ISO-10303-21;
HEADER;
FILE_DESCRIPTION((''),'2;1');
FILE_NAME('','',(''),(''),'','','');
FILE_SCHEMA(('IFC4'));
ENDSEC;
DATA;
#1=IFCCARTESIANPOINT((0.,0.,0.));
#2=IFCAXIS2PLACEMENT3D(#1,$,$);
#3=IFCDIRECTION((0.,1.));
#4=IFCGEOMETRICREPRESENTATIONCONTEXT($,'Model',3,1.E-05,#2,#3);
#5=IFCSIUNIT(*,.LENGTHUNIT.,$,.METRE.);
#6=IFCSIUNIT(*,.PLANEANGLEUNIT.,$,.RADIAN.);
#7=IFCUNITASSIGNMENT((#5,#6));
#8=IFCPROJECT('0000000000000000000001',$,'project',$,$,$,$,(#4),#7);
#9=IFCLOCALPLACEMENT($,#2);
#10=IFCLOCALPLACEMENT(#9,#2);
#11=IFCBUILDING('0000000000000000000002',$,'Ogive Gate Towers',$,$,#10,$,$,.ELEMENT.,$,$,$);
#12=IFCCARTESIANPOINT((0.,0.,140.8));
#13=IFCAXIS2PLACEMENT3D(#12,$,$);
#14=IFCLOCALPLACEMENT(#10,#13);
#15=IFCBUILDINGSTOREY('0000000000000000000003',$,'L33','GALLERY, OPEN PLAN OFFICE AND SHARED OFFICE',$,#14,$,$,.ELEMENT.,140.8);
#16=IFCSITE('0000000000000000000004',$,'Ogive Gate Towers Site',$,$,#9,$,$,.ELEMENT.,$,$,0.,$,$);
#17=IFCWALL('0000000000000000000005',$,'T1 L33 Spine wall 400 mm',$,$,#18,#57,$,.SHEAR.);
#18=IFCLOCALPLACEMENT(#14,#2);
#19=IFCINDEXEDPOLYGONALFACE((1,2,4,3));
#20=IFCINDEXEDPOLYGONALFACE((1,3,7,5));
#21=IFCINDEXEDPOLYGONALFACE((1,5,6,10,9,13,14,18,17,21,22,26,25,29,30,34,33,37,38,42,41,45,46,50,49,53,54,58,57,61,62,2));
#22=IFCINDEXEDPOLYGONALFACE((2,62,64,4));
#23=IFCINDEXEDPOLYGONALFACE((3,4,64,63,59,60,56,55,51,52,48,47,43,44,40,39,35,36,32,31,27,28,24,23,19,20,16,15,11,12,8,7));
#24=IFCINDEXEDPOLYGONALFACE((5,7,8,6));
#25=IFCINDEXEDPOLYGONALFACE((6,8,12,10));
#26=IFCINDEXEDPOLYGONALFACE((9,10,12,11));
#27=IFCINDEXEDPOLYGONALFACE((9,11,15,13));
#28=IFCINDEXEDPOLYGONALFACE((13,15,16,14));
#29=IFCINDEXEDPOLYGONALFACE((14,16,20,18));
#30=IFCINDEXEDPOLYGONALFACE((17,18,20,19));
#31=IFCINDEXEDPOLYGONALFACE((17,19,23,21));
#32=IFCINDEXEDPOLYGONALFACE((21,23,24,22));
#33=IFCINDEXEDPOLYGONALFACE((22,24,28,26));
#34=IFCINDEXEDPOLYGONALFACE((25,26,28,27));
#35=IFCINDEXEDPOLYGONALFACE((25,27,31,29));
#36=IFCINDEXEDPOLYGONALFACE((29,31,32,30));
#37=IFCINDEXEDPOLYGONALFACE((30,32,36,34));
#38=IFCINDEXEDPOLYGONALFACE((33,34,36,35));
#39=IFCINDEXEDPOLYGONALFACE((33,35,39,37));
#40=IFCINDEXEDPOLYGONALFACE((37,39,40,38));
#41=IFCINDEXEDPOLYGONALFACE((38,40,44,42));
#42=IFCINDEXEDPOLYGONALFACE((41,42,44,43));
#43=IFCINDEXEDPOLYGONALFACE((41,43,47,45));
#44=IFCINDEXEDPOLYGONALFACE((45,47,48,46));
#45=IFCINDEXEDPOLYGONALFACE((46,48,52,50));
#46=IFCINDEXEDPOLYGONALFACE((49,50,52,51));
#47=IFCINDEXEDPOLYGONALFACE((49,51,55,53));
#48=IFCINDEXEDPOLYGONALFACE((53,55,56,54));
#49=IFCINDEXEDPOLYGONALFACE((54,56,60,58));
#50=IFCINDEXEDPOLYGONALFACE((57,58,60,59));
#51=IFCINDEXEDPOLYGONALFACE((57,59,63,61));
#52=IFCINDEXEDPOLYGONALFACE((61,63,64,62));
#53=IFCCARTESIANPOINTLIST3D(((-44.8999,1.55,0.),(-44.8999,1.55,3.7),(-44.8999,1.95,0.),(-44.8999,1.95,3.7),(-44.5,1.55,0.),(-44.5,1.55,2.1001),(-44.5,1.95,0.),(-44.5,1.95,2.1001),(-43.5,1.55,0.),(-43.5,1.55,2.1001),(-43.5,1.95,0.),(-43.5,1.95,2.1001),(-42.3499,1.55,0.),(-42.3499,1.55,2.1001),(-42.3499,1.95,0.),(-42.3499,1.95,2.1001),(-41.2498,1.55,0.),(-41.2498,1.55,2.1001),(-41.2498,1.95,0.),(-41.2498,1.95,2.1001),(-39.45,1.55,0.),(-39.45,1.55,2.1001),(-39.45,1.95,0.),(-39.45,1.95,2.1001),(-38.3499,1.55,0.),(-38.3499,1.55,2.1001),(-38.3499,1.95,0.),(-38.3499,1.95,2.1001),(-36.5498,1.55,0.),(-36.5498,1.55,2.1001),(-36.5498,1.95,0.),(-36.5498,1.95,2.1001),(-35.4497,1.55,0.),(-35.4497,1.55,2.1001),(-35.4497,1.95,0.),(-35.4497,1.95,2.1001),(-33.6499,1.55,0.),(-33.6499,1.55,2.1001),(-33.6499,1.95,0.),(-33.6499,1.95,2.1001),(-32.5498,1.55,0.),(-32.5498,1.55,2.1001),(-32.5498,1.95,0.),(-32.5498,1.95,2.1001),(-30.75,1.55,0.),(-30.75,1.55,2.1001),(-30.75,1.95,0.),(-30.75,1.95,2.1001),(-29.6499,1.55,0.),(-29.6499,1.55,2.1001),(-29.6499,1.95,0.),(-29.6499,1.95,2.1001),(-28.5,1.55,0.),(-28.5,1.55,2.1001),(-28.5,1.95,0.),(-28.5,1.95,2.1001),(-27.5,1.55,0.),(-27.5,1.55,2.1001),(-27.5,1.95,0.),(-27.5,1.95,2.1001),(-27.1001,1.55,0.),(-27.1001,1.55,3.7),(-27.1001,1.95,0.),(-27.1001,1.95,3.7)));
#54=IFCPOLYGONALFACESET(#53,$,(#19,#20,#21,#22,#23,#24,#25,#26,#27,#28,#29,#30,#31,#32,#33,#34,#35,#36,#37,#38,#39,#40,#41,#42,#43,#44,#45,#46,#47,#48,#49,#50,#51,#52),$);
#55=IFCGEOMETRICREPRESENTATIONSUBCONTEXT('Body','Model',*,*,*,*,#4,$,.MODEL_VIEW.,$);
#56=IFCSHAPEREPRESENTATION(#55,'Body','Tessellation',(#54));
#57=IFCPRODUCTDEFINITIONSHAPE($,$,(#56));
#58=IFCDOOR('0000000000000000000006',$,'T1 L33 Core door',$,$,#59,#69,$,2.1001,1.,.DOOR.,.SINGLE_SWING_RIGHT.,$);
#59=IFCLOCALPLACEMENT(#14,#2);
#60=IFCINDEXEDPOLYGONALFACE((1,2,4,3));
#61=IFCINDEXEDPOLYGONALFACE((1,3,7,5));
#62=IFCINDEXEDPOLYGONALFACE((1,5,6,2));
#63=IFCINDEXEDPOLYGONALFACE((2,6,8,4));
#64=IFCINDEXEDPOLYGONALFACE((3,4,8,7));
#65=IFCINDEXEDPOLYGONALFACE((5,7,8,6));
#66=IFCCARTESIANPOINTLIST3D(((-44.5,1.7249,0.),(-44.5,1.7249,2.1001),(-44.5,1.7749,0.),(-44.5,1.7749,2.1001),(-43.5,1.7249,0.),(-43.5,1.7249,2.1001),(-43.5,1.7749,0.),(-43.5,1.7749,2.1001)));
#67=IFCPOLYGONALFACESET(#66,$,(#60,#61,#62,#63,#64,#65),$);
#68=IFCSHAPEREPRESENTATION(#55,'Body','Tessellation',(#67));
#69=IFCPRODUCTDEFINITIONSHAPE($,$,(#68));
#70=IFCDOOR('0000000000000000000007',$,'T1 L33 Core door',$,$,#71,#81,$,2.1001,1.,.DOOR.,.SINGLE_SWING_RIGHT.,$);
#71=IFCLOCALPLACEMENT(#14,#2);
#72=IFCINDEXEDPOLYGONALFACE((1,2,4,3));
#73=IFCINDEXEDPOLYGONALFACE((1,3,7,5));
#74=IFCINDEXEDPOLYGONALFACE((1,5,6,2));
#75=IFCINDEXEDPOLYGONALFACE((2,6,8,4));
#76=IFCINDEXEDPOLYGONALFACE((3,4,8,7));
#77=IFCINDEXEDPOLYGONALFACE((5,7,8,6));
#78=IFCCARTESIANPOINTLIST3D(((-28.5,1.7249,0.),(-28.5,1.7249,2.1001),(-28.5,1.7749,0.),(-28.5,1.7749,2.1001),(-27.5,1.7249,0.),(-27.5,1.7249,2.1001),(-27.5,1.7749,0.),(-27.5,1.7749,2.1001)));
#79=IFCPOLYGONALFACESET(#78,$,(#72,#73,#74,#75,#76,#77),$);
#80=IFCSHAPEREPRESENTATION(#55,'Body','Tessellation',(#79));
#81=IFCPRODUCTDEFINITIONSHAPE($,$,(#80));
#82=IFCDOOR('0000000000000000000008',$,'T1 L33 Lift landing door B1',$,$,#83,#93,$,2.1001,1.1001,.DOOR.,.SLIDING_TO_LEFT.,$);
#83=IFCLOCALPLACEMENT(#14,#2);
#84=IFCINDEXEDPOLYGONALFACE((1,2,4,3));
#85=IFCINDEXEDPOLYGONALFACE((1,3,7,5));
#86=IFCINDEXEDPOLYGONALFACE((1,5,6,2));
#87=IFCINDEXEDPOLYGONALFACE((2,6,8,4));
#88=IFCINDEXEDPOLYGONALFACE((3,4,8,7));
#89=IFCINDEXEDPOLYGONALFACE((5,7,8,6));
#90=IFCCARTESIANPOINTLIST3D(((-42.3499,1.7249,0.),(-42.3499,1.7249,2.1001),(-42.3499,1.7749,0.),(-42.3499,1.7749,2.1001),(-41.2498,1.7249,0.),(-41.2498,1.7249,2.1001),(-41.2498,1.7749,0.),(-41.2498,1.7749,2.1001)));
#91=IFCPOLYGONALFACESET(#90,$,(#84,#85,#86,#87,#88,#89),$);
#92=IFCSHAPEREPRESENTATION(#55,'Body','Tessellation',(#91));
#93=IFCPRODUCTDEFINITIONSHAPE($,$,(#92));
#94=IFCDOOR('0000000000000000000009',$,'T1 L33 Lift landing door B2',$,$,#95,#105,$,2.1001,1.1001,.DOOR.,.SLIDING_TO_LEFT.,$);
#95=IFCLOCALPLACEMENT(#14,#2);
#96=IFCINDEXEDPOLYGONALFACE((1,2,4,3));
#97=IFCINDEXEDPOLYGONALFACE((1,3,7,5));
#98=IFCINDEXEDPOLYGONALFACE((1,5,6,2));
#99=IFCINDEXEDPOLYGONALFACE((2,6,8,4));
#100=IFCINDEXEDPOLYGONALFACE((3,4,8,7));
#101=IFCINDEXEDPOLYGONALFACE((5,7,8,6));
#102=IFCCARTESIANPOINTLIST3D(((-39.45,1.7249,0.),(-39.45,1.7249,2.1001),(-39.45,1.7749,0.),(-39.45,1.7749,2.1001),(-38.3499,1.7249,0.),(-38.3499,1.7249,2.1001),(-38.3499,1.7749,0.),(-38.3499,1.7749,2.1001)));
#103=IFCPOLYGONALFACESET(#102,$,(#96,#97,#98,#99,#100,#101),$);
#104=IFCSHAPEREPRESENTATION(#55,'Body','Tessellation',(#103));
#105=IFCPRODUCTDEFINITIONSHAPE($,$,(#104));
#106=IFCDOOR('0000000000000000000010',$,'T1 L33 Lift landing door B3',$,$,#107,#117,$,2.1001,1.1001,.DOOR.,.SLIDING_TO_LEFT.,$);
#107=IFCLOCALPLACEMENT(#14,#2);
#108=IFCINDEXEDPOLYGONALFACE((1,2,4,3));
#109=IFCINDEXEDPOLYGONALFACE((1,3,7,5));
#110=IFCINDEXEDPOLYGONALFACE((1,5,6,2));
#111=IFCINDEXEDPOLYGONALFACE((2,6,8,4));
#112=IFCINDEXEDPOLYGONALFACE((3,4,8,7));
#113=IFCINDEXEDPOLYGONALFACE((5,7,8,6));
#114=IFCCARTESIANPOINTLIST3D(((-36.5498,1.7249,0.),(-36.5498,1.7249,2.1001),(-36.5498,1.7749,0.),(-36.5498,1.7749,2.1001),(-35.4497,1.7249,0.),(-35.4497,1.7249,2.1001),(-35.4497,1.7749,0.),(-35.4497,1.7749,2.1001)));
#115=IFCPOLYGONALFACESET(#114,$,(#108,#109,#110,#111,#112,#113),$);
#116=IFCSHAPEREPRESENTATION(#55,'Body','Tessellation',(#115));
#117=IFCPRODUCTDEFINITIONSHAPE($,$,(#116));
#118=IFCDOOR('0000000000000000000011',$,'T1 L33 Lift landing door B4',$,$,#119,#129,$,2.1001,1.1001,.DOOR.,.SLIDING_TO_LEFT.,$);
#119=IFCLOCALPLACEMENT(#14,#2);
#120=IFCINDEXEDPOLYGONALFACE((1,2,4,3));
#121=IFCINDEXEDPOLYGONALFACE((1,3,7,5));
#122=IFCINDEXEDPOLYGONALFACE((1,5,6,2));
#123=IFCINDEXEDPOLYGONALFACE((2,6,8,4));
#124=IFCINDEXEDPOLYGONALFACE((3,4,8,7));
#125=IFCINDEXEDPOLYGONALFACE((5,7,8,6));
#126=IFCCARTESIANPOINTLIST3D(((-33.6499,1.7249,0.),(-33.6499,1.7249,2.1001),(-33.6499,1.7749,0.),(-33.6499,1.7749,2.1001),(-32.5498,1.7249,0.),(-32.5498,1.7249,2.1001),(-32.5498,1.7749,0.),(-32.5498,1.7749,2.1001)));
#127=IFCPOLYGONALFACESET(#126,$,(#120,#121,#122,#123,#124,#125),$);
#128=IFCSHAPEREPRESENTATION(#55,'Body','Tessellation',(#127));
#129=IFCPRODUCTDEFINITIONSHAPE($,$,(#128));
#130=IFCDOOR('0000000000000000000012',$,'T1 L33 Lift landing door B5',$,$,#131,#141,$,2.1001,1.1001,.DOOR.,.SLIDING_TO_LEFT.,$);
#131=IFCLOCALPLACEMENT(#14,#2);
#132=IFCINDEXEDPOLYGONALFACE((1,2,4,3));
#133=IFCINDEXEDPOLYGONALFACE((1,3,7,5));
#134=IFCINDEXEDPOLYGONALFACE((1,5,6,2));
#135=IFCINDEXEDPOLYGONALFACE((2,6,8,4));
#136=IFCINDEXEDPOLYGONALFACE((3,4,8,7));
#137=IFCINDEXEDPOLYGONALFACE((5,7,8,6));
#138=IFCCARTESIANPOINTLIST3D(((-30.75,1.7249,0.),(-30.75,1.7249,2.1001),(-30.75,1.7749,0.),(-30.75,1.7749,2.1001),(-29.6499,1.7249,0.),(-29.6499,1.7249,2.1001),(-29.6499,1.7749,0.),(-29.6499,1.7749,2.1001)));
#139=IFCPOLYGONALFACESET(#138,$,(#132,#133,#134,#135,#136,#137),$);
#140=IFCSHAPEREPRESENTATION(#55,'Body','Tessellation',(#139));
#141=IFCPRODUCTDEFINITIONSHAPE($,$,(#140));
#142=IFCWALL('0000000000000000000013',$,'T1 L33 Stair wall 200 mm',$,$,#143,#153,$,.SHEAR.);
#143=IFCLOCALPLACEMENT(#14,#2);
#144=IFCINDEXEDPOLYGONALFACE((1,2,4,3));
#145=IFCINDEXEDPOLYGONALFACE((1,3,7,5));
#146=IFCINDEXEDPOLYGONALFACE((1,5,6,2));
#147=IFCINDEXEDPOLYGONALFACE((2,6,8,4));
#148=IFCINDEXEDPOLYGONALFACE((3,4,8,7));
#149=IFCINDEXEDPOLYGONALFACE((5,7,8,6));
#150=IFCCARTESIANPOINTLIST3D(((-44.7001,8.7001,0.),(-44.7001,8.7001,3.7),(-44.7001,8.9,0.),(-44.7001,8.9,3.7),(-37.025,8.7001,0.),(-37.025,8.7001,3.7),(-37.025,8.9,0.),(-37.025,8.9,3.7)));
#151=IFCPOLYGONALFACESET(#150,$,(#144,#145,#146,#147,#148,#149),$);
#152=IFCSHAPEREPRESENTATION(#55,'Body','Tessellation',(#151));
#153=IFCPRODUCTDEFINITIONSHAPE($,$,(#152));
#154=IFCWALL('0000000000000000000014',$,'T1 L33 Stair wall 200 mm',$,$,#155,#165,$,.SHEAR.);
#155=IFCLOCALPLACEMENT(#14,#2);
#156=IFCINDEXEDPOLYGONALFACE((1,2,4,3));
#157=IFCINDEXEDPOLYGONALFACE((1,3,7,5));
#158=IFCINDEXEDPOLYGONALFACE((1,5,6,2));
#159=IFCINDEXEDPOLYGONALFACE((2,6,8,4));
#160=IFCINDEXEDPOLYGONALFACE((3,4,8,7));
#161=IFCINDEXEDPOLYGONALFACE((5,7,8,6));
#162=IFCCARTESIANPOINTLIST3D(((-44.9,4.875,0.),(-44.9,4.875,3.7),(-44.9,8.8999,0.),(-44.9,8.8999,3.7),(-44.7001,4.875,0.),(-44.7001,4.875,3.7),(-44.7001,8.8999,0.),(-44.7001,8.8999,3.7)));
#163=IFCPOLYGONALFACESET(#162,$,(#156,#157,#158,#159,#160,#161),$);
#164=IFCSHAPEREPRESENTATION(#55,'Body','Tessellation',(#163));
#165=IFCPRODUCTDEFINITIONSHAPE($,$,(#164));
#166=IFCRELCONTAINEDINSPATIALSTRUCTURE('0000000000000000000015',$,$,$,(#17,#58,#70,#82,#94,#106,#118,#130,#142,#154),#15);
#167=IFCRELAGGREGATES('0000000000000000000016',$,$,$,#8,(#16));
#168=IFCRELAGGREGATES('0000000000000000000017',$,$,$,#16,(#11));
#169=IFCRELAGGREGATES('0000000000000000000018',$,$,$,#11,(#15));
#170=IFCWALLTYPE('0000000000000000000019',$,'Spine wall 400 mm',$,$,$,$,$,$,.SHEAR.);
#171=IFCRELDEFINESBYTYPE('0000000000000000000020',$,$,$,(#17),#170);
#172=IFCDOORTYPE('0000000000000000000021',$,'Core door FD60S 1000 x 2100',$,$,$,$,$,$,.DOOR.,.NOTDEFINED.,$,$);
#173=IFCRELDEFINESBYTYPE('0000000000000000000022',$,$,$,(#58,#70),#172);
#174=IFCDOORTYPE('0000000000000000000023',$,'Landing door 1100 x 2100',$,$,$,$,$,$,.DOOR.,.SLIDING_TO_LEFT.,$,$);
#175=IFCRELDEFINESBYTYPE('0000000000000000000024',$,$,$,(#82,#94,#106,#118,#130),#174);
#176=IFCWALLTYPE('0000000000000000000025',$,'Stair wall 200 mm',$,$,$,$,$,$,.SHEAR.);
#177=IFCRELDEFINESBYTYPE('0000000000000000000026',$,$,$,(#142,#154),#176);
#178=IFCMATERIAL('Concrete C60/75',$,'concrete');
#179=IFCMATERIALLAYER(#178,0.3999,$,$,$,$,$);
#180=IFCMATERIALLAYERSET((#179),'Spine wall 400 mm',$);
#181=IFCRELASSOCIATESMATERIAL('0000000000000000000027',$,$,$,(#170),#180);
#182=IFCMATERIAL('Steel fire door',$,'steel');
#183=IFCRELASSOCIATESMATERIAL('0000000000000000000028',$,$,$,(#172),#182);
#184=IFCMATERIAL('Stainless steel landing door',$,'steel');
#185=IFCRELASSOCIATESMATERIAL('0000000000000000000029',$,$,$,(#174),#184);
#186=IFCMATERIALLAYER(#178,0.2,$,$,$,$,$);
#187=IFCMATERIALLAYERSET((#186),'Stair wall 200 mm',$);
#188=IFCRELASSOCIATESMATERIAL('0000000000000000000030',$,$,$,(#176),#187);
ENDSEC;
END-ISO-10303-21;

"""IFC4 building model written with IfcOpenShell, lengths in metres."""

from ifc_helpers import new_model, si_unit, direction, frame, frame_2d, origin, place, context, subcontext, project, spatial, rectangle, extrude, material, layer, layer_set, type_object, element, fill, save


model = new_model("IFC4")

# Units and contexts
model_context = context("Model", 3, precision=1e-05, world=origin(), true_north=direction((0.0, 1.0)))
body_context = subcontext(model_context, "Body", "Model", "MODEL_VIEW")
ifc_project = project(units=[si_unit("LENGTHUNIT", "METRE"), si_unit("PLANEANGLEUNIT", "RADIAN")], contexts=[model_context])

# Site, building, storey
site_placement = place(None, origin())
site = spatial("IfcSite", under=ifc_project, at=site_placement, Name="Ogive Gate Towers Site", CompositionType="ELEMENT", RefElevation=0.0)
building_placement = place(site_placement, origin())
building = spatial("IfcBuilding", under=site, at=building_placement, Name="Ogive Gate Towers", CompositionType="ELEMENT")
storey_placement = place(building_placement, frame((0.0, 0.0, 140.8)))
storey = spatial("IfcBuildingStorey", under=building, at=storey_placement, Name="L33", Description="GALLERY, OPEN PLAN OFFICE AND SHARED OFFICE", CompositionType="ELEMENT", Elevation=140.8)

# Shared definitions
ifc_material_1 = material(Name="Concrete C60/75", Category="concrete")
ifc_material_2 = material(Name="Steel fire door", Category="steel")

# Shared definitions
ifc_material_3 = material(Name="Stainless steel landing door", Category="steel")

# Wall, openings, doors
ifc_layer_1 = layer(ifc_material_1, 0.3999)
ifc_layer_set_1 = layer_set([ifc_layer_1], Name="Spine wall 400 mm")
wall_type_1 = type_object("IfcWallType", Name="Spine wall 400 mm", PredefinedType="SHEAR", material=ifc_layer_set_1)
wall_1_placement = place(storey_placement, frame((-44.8999, 1.75, 0.0), z_axis=(0.0, 0.0, 1.0), x_axis=(1.0, 0.0, 0.0)))
wall_1 = element("IfcWall", 1, at=wall_1_placement, inside=storey, type_object=wall_type_1, Name="T1 L33 Spine wall 400 mm", PredefinedType="SHEAR", context=body_context, shape_type="SweptSolid", body=[
    extrude(rectangle(XDim=17.7998, YDim=0.3999, at=frame_2d((8.8999, 0.0))), origin(), (0.0, 0.0, 1.0), 3.7),
])
opening_1_placement = place(wall_1_placement, frame((0.3999, 0.0, 0.0)))
opening_1 = element("IfcOpeningElement", 2, at=opening_1_placement, cuts=wall_1, PredefinedType="OPENING", context=body_context, shape_type="SweptSolid", body=[
    extrude(rectangle(XDim=1.0, YDim=2.1001, at=frame_2d((0.5, 1.05))), frame((0.0, 0.21, 0.0), z_axis=(0.0, -1.0, 0.0), x_axis=(1.0, 0.0, 0.0)), (0.0, 0.0, 1.0), 0.4199),
])
opening_2_placement = place(wall_1_placement, frame((2.55, 0.0, 0.0)))
opening_2 = element("IfcOpeningElement", 3, at=opening_2_placement, cuts=wall_1, PredefinedType="OPENING", context=body_context, shape_type="SweptSolid", body=[
    extrude(rectangle(XDim=1.1001, YDim=2.1001, at=frame_2d((0.55, 1.05))), frame((0.0, 0.21, 0.0), z_axis=(0.0, -1.0, 0.0), x_axis=(1.0, 0.0, 0.0)), (0.0, 0.0, 1.0), 0.4199),
])
opening_3_placement = place(wall_1_placement, frame((5.45, 0.0, 0.0)))
opening_3 = element("IfcOpeningElement", 4, at=opening_3_placement, cuts=wall_1, PredefinedType="OPENING", context=body_context, shape_type="SweptSolid", body=[
    extrude(rectangle(XDim=1.1001, YDim=2.1001, at=frame_2d((0.55, 1.05))), frame((0.0, 0.21, 0.0), z_axis=(0.0, -1.0, 0.0), x_axis=(1.0, 0.0, 0.0)), (0.0, 0.0, 1.0), 0.4199),
])
opening_4_placement = place(wall_1_placement, frame((8.3501, 0.0, 0.0)))
opening_4 = element("IfcOpeningElement", 5, at=opening_4_placement, cuts=wall_1, PredefinedType="OPENING", context=body_context, shape_type="SweptSolid", body=[
    extrude(rectangle(XDim=1.1001, YDim=2.1001, at=frame_2d((0.55, 1.05))), frame((0.0, 0.21, 0.0), z_axis=(0.0, -1.0, 0.0), x_axis=(1.0, 0.0, 0.0)), (0.0, 0.0, 1.0), 0.4199),
])
opening_5_placement = place(wall_1_placement, frame((11.25, 0.0, 0.0)))
opening_5 = element("IfcOpeningElement", 6, at=opening_5_placement, cuts=wall_1, PredefinedType="OPENING", context=body_context, shape_type="SweptSolid", body=[
    extrude(rectangle(XDim=1.1001, YDim=2.1001, at=frame_2d((0.55, 1.05))), frame((0.0, 0.21, 0.0), z_axis=(0.0, -1.0, 0.0), x_axis=(1.0, 0.0, 0.0)), (0.0, 0.0, 1.0), 0.4199),
])
opening_6_placement = place(wall_1_placement, frame((14.1499, 0.0, 0.0)))
opening_6 = element("IfcOpeningElement", 7, at=opening_6_placement, cuts=wall_1, PredefinedType="OPENING", context=body_context, shape_type="SweptSolid", body=[
    extrude(rectangle(XDim=1.1001, YDim=2.1001, at=frame_2d((0.55, 1.05))), frame((0.0, 0.21, 0.0), z_axis=(0.0, -1.0, 0.0), x_axis=(1.0, 0.0, 0.0)), (0.0, 0.0, 1.0), 0.4199),
])
opening_7_placement = place(wall_1_placement, frame((16.3999, 0.0, 0.0)))
opening_7 = element("IfcOpeningElement", 8, at=opening_7_placement, cuts=wall_1, PredefinedType="OPENING", context=body_context, shape_type="SweptSolid", body=[
    extrude(rectangle(XDim=1.0, YDim=2.1001, at=frame_2d((0.5, 1.05))), frame((0.0, 0.21, 0.0), z_axis=(0.0, -1.0, 0.0), x_axis=(1.0, 0.0, 0.0)), (0.0, 0.0, 1.0), 0.4199),
])
door_type_1 = type_object("IfcDoorType", Name="Core door FD60S 1000 x 2100", OperationType="NOTDEFINED", PredefinedType="DOOR", material=ifc_material_2)
door_1_placement = place(opening_1_placement, origin())
door_1 = element("IfcDoor", 9, at=door_1_placement, inside=storey, type_object=door_type_1, Name="T1 L33 Core door", OperationType="SINGLE_SWING_RIGHT", OverallHeight=2.1001, OverallWidth=1.0, PredefinedType="DOOR", context=body_context, shape_type="SweptSolid", body=[
    extrude(rectangle(XDim=1.0, YDim=2.1001, at=frame_2d((0.5, 1.05))), frame((0.0, 0.0249, 0.0), z_axis=(0.0, -1.0, 0.0), x_axis=(1.0, 0.0, 0.0)), (0.0, 0.0, 1.0), 0.05),
])
fill(opening_1, door_1)
door_2_placement = place(opening_7_placement, origin())
door_2 = element("IfcDoor", 10, at=door_2_placement, inside=storey, type_object=door_type_1, Name="T1 L33 Core door", OperationType="SINGLE_SWING_RIGHT", OverallHeight=2.1001, OverallWidth=1.0, PredefinedType="DOOR", context=body_context, shape_type="SweptSolid", body=[
    extrude(rectangle(XDim=1.0, YDim=2.1001, at=frame_2d((0.5, 1.05))), frame((0.0, 0.0249, 0.0), z_axis=(0.0, -1.0, 0.0), x_axis=(1.0, 0.0, 0.0)), (0.0, 0.0, 1.0), 0.05),
])
fill(opening_7, door_2)
door_type_2 = type_object("IfcDoorType", Name="Landing door 1100 x 2100", OperationType="SLIDING_TO_LEFT", PredefinedType="DOOR", material=ifc_material_3)
door_3_placement = place(opening_2_placement, origin())
door_3 = element("IfcDoor", 11, at=door_3_placement, inside=storey, type_object=door_type_2, Name="T1 L33 Lift landing door B1", OperationType="SLIDING_TO_LEFT", OverallHeight=2.1001, OverallWidth=1.1001, PredefinedType="DOOR", context=body_context, shape_type="SweptSolid", body=[
    extrude(rectangle(XDim=1.1001, YDim=2.1001, at=frame_2d((0.55, 1.05))), frame((0.0, 0.0249, 0.0), z_axis=(0.0, -1.0, 0.0), x_axis=(1.0, 0.0, 0.0)), (0.0, 0.0, 1.0), 0.05),
])
fill(opening_2, door_3)
door_4_placement = place(opening_3_placement, origin())
door_4 = element("IfcDoor", 12, at=door_4_placement, inside=storey, type_object=door_type_2, Name="T1 L33 Lift landing door B2", OperationType="SLIDING_TO_LEFT", OverallHeight=2.1001, OverallWidth=1.1001, PredefinedType="DOOR", context=body_context, shape_type="SweptSolid", body=[
    extrude(rectangle(XDim=1.1001, YDim=2.1001, at=frame_2d((0.55, 1.05))), frame((0.0, 0.0249, 0.0), z_axis=(0.0, -1.0, 0.0), x_axis=(1.0, 0.0, 0.0)), (0.0, 0.0, 1.0), 0.05),
])
fill(opening_3, door_4)
door_5_placement = place(opening_4_placement, origin())
door_5 = element("IfcDoor", 13, at=door_5_placement, inside=storey, type_object=door_type_2, Name="T1 L33 Lift landing door B3", OperationType="SLIDING_TO_LEFT", OverallHeight=2.1001, OverallWidth=1.1001, PredefinedType="DOOR", context=body_context, shape_type="SweptSolid", body=[
    extrude(rectangle(XDim=1.1001, YDim=2.1001, at=frame_2d((0.55, 1.05))), frame((0.0, 0.0249, 0.0), z_axis=(0.0, -1.0, 0.0), x_axis=(1.0, 0.0, 0.0)), (0.0, 0.0, 1.0), 0.05),
])
fill(opening_4, door_5)
door_6_placement = place(opening_5_placement, origin())
door_6 = element("IfcDoor", 14, at=door_6_placement, inside=storey, type_object=door_type_2, Name="T1 L33 Lift landing door B4", OperationType="SLIDING_TO_LEFT", OverallHeight=2.1001, OverallWidth=1.1001, PredefinedType="DOOR", context=body_context, shape_type="SweptSolid", body=[
    extrude(rectangle(XDim=1.1001, YDim=2.1001, at=frame_2d((0.55, 1.05))), frame((0.0, 0.0249, 0.0), z_axis=(0.0, -1.0, 0.0), x_axis=(1.0, 0.0, 0.0)), (0.0, 0.0, 1.0), 0.05),
])
fill(opening_5, door_6)
door_7_placement = place(opening_6_placement, origin())
door_7 = element("IfcDoor", 15, at=door_7_placement, inside=storey, type_object=door_type_2, Name="T1 L33 Lift landing door B5", OperationType="SLIDING_TO_LEFT", OverallHeight=2.1001, OverallWidth=1.1001, PredefinedType="DOOR", context=body_context, shape_type="SweptSolid", body=[
    extrude(rectangle(XDim=1.1001, YDim=2.1001, at=frame_2d((0.55, 1.05))), frame((0.0, 0.0249, 0.0), z_axis=(0.0, -1.0, 0.0), x_axis=(1.0, 0.0, 0.0)), (0.0, 0.0, 1.0), 0.05),
])
fill(opening_6, door_7)

# Walls
ifc_layer_2 = layer(ifc_material_1, 0.2)
ifc_layer_set_2 = layer_set([ifc_layer_2], Name="Stair wall 200 mm")
wall_type_2 = type_object("IfcWallType", Name="Stair wall 200 mm", PredefinedType="SHEAR", material=ifc_layer_set_2)
wall_2_placement = place(storey_placement, frame((-44.7, 8.8, 0.0), z_axis=(0.0, 0.0, 1.0), x_axis=(1.0, 0.0, 0.0)))
element("IfcWall", 16, at=wall_2_placement, inside=storey, type_object=wall_type_2, Name="T1 L33 Stair wall 200 mm", PredefinedType="SHEAR", context=body_context, shape_type="SweptSolid", body=[
    extrude(rectangle(XDim=7.675, YDim=0.2, at=frame_2d((3.8374, 0.0))), origin(), (0.0, 0.0, 1.0), 3.7),
])
wall_3_placement = place(storey_placement, frame((-44.8, 4.875, 0.0), z_axis=(0.0, 0.0, 1.0), x_axis=(0.0, 1.0, 0.0)))
element("IfcWall", 17, at=wall_3_placement, inside=storey, type_object=wall_type_2, Name="T1 L33 Stair wall 200 mm", PredefinedType="SHEAR", context=body_context, shape_type="SweptSolid", body=[
    extrude(rectangle(XDim=4.0249, YDim=0.2, at=frame_2d((2.0125, 0.0))), origin(), (0.0, 0.0, 1.0), 3.7),
])

save(model, "model.ifc")
